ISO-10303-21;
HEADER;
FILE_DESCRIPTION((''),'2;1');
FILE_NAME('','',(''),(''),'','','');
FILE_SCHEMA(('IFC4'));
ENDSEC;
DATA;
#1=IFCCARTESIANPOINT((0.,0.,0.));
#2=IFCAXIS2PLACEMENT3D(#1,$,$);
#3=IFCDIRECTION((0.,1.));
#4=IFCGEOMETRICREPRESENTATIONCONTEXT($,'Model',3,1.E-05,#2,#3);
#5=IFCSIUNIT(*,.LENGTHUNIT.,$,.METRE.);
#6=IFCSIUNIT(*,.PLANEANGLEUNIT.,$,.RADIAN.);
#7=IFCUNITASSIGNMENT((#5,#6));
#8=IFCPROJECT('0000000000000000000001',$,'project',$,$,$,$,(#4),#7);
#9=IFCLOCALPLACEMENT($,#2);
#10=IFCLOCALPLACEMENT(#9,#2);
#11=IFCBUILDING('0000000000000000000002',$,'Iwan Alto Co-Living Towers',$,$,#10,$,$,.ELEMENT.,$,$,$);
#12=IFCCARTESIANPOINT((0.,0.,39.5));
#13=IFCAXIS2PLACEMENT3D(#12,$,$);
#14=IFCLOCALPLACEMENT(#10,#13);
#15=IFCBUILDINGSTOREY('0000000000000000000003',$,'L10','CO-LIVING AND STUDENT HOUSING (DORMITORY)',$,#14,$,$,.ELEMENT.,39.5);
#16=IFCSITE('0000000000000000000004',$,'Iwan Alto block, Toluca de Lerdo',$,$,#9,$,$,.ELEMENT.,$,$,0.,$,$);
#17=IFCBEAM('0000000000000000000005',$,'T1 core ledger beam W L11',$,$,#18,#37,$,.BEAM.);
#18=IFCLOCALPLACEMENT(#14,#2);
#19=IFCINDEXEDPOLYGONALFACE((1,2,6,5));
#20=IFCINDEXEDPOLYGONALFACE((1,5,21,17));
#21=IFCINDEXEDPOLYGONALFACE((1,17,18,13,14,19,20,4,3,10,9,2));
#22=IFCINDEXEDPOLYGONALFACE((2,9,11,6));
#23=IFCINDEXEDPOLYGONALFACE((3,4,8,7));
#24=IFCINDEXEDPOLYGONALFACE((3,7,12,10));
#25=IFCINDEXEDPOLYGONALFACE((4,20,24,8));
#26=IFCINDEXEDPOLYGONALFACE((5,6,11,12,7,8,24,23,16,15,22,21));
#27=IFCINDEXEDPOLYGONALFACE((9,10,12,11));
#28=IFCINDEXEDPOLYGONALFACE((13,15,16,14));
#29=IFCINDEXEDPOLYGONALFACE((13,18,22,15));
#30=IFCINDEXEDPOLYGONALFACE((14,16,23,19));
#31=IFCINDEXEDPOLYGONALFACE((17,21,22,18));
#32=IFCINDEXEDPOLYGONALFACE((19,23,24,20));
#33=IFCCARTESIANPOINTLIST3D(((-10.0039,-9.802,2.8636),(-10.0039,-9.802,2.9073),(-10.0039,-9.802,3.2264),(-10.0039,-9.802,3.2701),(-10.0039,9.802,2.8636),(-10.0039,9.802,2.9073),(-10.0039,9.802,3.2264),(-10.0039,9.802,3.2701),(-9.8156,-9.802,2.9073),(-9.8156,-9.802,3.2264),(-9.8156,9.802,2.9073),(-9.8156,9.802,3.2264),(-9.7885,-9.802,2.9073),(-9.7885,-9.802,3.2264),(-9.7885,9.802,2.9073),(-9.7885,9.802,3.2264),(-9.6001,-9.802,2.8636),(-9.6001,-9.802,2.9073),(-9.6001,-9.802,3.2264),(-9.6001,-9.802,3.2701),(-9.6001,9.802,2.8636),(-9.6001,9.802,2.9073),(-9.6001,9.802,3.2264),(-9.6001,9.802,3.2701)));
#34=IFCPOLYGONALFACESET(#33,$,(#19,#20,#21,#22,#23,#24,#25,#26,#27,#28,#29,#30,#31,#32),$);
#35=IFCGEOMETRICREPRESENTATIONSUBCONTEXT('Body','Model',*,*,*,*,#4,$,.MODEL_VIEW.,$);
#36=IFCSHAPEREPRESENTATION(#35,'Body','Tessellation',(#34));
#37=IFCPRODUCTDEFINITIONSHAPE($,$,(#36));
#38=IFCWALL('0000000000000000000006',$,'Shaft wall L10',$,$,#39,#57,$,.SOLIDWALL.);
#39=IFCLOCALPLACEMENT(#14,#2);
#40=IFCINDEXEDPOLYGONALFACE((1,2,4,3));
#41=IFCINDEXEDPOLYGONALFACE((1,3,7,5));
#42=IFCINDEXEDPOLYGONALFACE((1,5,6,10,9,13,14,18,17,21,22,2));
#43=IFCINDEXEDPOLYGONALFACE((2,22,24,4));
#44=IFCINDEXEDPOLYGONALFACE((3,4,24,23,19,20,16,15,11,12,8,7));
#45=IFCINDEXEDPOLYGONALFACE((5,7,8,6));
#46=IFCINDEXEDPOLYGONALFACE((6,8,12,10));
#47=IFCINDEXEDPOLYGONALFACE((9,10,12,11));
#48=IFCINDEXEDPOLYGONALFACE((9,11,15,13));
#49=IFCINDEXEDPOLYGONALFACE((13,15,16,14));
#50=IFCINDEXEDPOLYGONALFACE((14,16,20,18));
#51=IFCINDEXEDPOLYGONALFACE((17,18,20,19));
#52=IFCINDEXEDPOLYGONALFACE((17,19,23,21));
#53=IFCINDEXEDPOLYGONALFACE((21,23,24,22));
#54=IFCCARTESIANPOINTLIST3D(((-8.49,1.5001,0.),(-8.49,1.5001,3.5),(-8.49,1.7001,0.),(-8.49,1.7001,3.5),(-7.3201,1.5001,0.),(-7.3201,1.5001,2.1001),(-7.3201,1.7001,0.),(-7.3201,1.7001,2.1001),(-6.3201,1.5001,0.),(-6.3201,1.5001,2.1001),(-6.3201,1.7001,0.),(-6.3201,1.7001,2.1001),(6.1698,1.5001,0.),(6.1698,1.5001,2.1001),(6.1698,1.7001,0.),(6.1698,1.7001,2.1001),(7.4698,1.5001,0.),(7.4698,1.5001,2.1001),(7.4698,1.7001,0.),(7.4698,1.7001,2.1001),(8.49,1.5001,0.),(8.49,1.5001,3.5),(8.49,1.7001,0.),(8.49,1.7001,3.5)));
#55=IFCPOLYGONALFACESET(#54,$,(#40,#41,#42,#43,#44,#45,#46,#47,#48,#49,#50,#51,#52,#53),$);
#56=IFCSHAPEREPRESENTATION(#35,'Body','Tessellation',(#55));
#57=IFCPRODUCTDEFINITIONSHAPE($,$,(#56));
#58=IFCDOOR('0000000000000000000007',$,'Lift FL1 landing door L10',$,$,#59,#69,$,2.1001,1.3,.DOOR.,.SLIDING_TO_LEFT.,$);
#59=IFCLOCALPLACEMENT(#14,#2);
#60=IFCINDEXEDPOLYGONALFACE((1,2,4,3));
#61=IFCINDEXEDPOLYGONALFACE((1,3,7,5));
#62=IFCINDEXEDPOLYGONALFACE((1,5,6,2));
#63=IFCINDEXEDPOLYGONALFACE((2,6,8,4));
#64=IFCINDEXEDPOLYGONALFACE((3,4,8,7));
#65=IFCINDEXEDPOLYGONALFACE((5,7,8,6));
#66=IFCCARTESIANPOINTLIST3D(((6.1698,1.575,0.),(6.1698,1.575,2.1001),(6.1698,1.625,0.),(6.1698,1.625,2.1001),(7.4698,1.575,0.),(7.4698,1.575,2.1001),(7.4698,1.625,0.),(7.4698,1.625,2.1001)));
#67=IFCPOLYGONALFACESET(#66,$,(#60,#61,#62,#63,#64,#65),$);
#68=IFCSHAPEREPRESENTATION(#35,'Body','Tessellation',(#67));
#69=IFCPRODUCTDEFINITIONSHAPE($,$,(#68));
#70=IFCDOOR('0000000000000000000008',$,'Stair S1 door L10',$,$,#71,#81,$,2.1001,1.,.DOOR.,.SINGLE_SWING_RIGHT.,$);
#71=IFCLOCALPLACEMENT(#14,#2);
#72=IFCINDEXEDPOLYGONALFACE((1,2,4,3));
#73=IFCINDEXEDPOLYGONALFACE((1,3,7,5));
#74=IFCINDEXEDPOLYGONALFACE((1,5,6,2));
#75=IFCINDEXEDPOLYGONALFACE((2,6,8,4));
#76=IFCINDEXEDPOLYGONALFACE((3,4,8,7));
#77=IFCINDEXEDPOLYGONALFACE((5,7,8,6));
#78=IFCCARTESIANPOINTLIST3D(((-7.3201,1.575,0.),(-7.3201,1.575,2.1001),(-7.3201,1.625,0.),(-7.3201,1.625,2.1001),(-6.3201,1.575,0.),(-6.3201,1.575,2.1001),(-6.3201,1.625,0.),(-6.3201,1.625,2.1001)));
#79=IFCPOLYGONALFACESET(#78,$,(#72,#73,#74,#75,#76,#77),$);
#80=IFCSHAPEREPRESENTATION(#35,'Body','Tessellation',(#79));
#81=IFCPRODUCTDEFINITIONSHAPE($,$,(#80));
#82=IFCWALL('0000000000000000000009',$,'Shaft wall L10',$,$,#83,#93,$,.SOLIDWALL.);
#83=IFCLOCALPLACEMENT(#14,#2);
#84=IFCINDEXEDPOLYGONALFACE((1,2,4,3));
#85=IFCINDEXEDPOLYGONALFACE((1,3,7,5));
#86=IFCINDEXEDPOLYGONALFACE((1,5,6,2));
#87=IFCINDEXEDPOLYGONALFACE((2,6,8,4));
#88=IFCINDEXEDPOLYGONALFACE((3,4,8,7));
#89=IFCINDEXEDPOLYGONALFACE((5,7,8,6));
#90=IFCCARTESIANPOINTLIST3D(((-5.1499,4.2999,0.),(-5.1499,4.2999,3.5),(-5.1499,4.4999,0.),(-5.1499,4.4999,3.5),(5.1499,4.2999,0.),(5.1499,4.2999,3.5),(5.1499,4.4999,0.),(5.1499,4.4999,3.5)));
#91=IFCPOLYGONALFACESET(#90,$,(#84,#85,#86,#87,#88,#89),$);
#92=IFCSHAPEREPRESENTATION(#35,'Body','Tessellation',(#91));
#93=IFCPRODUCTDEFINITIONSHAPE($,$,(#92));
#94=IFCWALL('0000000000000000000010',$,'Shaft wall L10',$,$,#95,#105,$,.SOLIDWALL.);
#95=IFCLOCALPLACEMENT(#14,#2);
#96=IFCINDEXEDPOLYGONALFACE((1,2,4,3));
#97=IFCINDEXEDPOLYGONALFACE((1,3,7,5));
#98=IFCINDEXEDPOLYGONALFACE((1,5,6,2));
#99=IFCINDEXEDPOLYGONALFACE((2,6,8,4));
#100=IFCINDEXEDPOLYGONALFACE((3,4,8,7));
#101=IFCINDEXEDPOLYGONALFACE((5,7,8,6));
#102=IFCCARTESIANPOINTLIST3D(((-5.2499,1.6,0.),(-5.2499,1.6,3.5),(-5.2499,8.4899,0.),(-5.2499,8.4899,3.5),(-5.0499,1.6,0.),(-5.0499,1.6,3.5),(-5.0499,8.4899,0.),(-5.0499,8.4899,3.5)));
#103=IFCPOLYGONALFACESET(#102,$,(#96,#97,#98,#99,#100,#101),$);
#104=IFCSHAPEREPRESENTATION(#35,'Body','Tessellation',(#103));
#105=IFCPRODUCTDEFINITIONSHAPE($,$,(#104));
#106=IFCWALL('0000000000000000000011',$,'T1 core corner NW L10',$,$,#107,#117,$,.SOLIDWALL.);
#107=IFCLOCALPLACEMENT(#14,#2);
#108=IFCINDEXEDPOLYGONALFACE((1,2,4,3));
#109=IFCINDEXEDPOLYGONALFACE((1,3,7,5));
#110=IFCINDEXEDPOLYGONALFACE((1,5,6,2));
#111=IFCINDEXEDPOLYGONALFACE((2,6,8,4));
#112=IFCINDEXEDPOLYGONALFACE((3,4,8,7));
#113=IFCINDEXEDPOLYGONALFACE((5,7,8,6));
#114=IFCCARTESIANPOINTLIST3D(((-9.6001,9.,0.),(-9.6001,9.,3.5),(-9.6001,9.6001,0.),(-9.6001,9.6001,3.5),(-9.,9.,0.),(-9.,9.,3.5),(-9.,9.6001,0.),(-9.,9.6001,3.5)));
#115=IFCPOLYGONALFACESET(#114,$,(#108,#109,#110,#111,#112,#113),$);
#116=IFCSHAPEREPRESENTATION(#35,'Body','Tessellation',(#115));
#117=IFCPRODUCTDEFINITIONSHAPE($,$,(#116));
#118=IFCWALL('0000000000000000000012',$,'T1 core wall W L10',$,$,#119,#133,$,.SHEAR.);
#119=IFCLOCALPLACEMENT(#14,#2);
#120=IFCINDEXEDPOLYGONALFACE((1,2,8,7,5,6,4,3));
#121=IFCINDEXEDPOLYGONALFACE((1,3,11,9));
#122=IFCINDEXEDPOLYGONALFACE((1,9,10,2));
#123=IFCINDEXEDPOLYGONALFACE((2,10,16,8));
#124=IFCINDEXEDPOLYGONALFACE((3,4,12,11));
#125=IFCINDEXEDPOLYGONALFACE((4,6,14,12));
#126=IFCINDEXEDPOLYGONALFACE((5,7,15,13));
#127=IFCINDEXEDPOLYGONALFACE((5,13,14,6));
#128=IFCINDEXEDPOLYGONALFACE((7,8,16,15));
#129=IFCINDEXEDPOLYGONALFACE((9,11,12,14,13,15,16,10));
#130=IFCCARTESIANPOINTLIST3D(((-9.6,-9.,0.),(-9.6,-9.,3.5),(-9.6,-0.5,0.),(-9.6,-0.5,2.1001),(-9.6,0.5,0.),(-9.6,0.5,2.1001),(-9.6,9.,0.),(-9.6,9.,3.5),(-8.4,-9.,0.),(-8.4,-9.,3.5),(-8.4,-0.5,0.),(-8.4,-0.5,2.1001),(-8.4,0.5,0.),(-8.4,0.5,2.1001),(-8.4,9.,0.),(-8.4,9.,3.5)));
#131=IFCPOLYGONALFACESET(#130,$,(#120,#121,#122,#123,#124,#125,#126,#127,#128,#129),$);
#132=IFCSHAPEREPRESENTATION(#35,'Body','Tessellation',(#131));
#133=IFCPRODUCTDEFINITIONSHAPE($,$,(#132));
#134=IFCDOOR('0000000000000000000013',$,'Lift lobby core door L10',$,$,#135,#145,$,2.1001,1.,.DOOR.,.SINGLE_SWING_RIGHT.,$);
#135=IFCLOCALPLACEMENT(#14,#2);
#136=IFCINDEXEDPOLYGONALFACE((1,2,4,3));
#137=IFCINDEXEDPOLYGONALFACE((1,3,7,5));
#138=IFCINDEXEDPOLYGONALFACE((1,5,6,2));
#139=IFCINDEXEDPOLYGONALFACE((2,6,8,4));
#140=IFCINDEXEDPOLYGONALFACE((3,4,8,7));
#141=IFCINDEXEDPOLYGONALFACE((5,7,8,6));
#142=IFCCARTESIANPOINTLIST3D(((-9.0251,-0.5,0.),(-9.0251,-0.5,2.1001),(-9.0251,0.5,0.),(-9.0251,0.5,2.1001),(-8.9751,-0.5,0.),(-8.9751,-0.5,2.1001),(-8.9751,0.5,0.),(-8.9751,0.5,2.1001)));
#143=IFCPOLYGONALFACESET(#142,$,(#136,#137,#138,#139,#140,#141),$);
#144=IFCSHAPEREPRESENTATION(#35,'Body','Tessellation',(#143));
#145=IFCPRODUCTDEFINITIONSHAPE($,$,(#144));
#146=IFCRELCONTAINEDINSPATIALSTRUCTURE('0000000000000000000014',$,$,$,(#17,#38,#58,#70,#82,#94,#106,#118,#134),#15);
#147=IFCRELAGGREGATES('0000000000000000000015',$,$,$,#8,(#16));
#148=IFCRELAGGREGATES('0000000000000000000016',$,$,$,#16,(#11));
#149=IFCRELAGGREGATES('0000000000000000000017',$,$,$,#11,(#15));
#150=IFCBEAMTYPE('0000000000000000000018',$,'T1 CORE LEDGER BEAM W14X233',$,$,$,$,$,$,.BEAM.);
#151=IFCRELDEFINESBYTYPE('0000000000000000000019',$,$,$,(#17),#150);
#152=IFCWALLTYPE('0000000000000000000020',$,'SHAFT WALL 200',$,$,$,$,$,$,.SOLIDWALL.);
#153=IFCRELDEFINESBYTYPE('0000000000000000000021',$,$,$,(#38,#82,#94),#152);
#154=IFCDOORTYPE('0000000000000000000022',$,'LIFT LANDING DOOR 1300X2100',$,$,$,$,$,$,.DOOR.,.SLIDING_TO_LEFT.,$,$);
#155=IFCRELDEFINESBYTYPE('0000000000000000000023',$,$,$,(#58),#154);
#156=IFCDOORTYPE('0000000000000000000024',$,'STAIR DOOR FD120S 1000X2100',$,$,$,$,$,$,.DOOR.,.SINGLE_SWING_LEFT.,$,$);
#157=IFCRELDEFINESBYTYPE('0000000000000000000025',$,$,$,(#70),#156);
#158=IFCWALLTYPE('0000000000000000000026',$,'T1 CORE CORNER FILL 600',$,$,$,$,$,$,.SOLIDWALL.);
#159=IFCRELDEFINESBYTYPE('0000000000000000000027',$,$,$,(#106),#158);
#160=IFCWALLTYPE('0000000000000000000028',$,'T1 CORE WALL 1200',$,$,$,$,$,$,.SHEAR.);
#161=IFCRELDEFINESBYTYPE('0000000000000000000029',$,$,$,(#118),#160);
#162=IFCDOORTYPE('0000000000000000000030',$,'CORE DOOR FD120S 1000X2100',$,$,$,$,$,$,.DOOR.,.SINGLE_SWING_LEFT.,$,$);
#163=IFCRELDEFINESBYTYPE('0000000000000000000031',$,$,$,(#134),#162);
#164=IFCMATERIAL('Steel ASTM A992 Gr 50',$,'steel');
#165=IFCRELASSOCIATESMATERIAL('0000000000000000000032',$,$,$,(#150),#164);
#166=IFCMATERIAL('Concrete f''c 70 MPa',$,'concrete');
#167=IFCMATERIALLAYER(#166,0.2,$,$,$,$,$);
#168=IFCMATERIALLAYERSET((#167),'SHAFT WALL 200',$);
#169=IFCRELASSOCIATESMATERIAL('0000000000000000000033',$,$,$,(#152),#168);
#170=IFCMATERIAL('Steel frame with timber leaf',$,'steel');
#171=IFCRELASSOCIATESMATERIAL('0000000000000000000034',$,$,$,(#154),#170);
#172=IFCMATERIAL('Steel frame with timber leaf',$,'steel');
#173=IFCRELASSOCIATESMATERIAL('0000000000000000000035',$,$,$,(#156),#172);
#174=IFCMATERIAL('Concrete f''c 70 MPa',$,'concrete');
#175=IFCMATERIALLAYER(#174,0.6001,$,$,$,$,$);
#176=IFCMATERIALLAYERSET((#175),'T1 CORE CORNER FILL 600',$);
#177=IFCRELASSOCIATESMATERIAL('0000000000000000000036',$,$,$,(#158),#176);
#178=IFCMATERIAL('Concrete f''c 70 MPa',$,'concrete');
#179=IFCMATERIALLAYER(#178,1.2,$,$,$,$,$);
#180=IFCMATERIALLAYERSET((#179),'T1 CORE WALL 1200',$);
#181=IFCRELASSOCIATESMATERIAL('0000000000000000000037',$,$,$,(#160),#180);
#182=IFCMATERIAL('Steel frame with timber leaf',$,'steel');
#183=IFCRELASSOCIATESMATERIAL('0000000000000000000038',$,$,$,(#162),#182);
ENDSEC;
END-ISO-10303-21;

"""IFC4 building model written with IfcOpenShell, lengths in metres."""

from ifc_helpers import new_model, si_unit, direction, frame, frame_2d, origin, origin_2d, place, context, subcontext, project, spatial, rectangle, i_section, extrude, material, layer, layer_set, material_profile, profile_set, type_object, element, fill, save


model = new_model("IFC4")

# Units and contexts
model_context = context("Model", 3, precision=1e-05, world=origin(), true_north=direction((0.0, 1.0)))
body_context = subcontext(model_context, "Body", "Model", "MODEL_VIEW")
ifc_project = project(units=[si_unit("LENGTHUNIT", "METRE"), si_unit("PLANEANGLEUNIT", "RADIAN")], contexts=[model_context])

# Site, building, storey
site_placement = place(None, origin())
site = spatial("IfcSite", under=ifc_project, at=site_placement, Name="Iwan Alto block, Toluca de Lerdo", CompositionType="ELEMENT", RefElevation=0.0)
building_placement = place(site_placement, origin())
building = spatial("IfcBuilding", under=site, at=building_placement, Name="Iwan Alto Co-Living Towers", CompositionType="ELEMENT")
storey_placement = place(building_placement, frame((0.0, 0.0, 39.5)))
storey = spatial("IfcBuildingStorey", under=building, at=storey_placement, Name="L10", Description="CO-LIVING AND STUDENT HOUSING (DORMITORY)", CompositionType="ELEMENT", Elevation=39.5)

# Beam
ifc_material_1 = material(Name="Steel ASTM A992 Gr 50", Category="steel")
ifc_material_profile = material_profile(ifc_material_1, i_section(OverallWidth=0.4038, OverallDepth=0.4065, WebThickness=0.0271, FlangeThickness=0.0437, at=origin_2d()), Name="W14X233")
ifc_profile_set = profile_set([ifc_material_profile], Name="Steel ASTM A992 Gr 50")
beam_type = type_object("IfcBeamType", Name="T1 CORE LEDGER BEAM W14X233", PredefinedType="BEAM", material=ifc_profile_set)
beam_placement = place(storey_placement, frame((-9.802, 9.802, 3.0669), z_axis=(0.0, -1.0, 0.0), x_axis=(1.0, 0.0, 0.0)))
element("IfcBeam", 1, at=beam_placement, inside=storey, type_object=beam_type, Name="T1 core ledger beam W L11", PredefinedType="BEAM", context=body_context, shape_type="SweptSolid", body=[
    extrude(i_section(OverallWidth=0.4038, OverallDepth=0.4065, WebThickness=0.0271, FlangeThickness=0.0437, at=origin_2d()), origin(), (0.0, 0.0, 1.0), 19.604),
])

# Wall, openings, doors
ifc_material_2 = material(Name="Concrete f'c 70 MPa", Category="concrete")
ifc_layer_1 = layer(ifc_material_2, 0.2)
ifc_layer_set_1 = layer_set([ifc_layer_1], Name="SHAFT WALL 200")
wall_type_1 = type_object("IfcWallType", Name="SHAFT WALL 200", PredefinedType="SOLIDWALL", material=ifc_layer_set_1)
wall_1_placement = place(storey_placement, frame((-8.49, 1.6001, 0.0), z_axis=(0.0, 0.0, 1.0), x_axis=(1.0, 0.0, 0.0)))
wall_1 = element("IfcWall", 2, at=wall_1_placement, inside=storey, type_object=wall_type_1, Name="Shaft wall L10", PredefinedType="SOLIDWALL", context=body_context, shape_type="SweptSolid", body=[
    extrude(rectangle(XDim=16.98, YDim=0.2, at=frame_2d((8.49, 0.0))), origin(), (0.0, 0.0, 1.0), 3.5),
])
opening_1_placement = place(wall_1_placement, frame((1.1699, 0.0, 0.0)))
opening_1 = element("IfcOpeningElement", 3, at=opening_1_placement, cuts=wall_1, PredefinedType="OPENING", context=body_context, shape_type="SweptSolid", body=[
    extrude(rectangle(XDim=1.0, YDim=2.1001, at=frame_2d((0.5, 1.05))), frame((0.0, 0.1099, 0.0), z_axis=(0.0, -1.0, 0.0), x_axis=(1.0, 0.0, 0.0)), (0.0, 0.0, 1.0), 0.22),
])
opening_2_placement = place(wall_1_placement, frame((14.6599, 0.0, 0.0)))
opening_2 = element("IfcOpeningElement", 4, at=opening_2_placement, cuts=wall_1, PredefinedType="OPENING", context=body_context, shape_type="SweptSolid", body=[
    extrude(rectangle(XDim=1.3, YDim=2.1001, at=frame_2d((0.6499, 1.05))), frame((0.0, 0.1099, 0.0), z_axis=(0.0, -1.0, 0.0), x_axis=(1.0, 0.0, 0.0)), (0.0, 0.0, 1.0), 0.22),
])
ifc_material_3 = material(Name="Steel frame with timber leaf", Category="steel")
door_type_1 = type_object("IfcDoorType", Name="LIFT LANDING DOOR 1300X2100", OperationType="SLIDING_TO_LEFT", PredefinedType="DOOR", material=ifc_material_3)
door_1_placement = place(opening_2_placement, origin())
door_1 = element("IfcDoor", 5, at=door_1_placement, inside=storey, type_object=door_type_1, Name="Lift FL1 landing door L10", OperationType="SLIDING_TO_LEFT", OverallHeight=2.1001, OverallWidth=1.3, PredefinedType="DOOR", context=body_context, shape_type="SweptSolid", body=[
    extrude(rectangle(XDim=1.3, YDim=2.1001, at=frame_2d((0.6499, 1.05))), frame((0.0, 0.0249, 0.0), z_axis=(0.0, -1.0, 0.0), x_axis=(1.0, 0.0, 0.0)), (0.0, 0.0, 1.0), 0.05),
])
fill(opening_2, door_1)
ifc_material_4 = material(Name="Steel frame with timber leaf", Category="steel")
door_type_2 = type_object("IfcDoorType", Name="STAIR DOOR FD120S 1000X2100", OperationType="SINGLE_SWING_LEFT", PredefinedType="DOOR", material=ifc_material_4)
door_2_placement = place(opening_1_placement, origin())
door_2 = element("IfcDoor", 6, at=door_2_placement, inside=storey, type_object=door_type_2, Name="Stair S1 door L10", OperationType="SINGLE_SWING_RIGHT", OverallHeight=2.1001, OverallWidth=1.0, PredefinedType="DOOR", context=body_context, shape_type="SweptSolid", body=[
    extrude(rectangle(XDim=1.0, YDim=2.1001, at=frame_2d((0.5, 1.05))), frame((0.0, 0.0249, 0.0), z_axis=(0.0, -1.0, 0.0), x_axis=(1.0, 0.0, 0.0)), (0.0, 0.0, 1.0), 0.05),
])
fill(opening_1, door_2)

# Walls
wall_2_placement = place(storey_placement, frame((-5.1499, 4.3999, 0.0), z_axis=(0.0, 0.0, 1.0), x_axis=(1.0, 0.0, 0.0)))
element("IfcWall", 7, at=wall_2_placement, inside=storey, type_object=wall_type_1, Name="Shaft wall L10", PredefinedType="SOLIDWALL", context=body_context, shape_type="SweptSolid", body=[
    extrude(rectangle(XDim=10.2998, YDim=0.2, at=frame_2d((5.1499, 0.0))), origin(), (0.0, 0.0, 1.0), 3.5),
])
wall_3_placement = place(storey_placement, frame((-5.1499, 1.6001, 0.0), z_axis=(0.0, 0.0, 1.0), x_axis=(0.0, 1.0, 0.0)))
element("IfcWall", 8, at=wall_3_placement, inside=storey, type_object=wall_type_1, Name="Shaft wall L10", PredefinedType="SOLIDWALL", context=body_context, shape_type="SweptSolid", body=[
    extrude(rectangle(XDim=6.8899, YDim=0.2, at=frame_2d((3.4448, 0.0))), origin(), (0.0, 0.0, 1.0), 3.5),
])
ifc_material_5 = material(Name="Concrete f'c 70 MPa", Category="concrete")
ifc_layer_2 = layer(ifc_material_5, 0.6001)
ifc_layer_set_2 = layer_set([ifc_layer_2], Name="T1 CORE CORNER FILL 600")
wall_type_2 = type_object("IfcWallType", Name="T1 CORE CORNER FILL 600", PredefinedType="SOLIDWALL", material=ifc_layer_set_2)
wall_4_placement = place(storey_placement, frame((-9.6001, 9.3, 0.0), z_axis=(0.0, 0.0, 1.0), x_axis=(1.0, 0.0, 0.0)))
element("IfcWall", 9, at=wall_4_placement, inside=storey, type_object=wall_type_2, Name="T1 core corner NW L10", PredefinedType="SOLIDWALL", context=body_context, shape_type="SweptSolid", body=[
    extrude(rectangle(XDim=0.6001, YDim=0.6001, at=frame_2d((0.3, 0.0))), origin(), (0.0, 0.0, 1.0), 3.5),
])

# Wall, opening, door
ifc_material_6 = material(Name="Concrete f'c 70 MPa", Category="concrete")
ifc_layer_3 = layer(ifc_material_6, 1.2)
ifc_layer_set_3 = layer_set([ifc_layer_3], Name="T1 CORE WALL 1200")
wall_type_3 = type_object("IfcWallType", Name="T1 CORE WALL 1200", PredefinedType="SHEAR", material=ifc_layer_set_3)
wall_5_placement = place(storey_placement, frame((-9.0, 9.0, 0.0), z_axis=(0.0, 0.0, 1.0), x_axis=(0.0, -1.0, 0.0)))
wall_5 = element("IfcWall", 10, at=wall_5_placement, inside=storey, type_object=wall_type_3, Name="T1 core wall W L10", PredefinedType="SHEAR", context=body_context, shape_type="SweptSolid", body=[
    extrude(rectangle(XDim=18.0, YDim=1.2, at=frame_2d((9.0, 0.0))), origin(), (0.0, 0.0, 1.0), 3.5),
])
opening_3_placement = place(wall_5_placement, frame((8.5, 0.0, 0.0)))
opening_3 = element("IfcOpeningElement", 11, at=opening_3_placement, cuts=wall_5, PredefinedType="OPENING", context=body_context, shape_type="SweptSolid", body=[
    extrude(rectangle(XDim=1.0, YDim=2.1001, at=frame_2d((0.5, 1.05))), frame((0.0, 0.6099, 0.0), z_axis=(0.0, -1.0, 0.0), x_axis=(1.0, 0.0, 0.0)), (0.0, 0.0, 1.0), 1.22),
])
ifc_material_7 = material(Name="Steel frame with timber leaf", Category="steel")
door_type_3 = type_object("IfcDoorType", Name="CORE DOOR FD120S 1000X2100", OperationType="SINGLE_SWING_LEFT", PredefinedType="DOOR", material=ifc_material_7)
door_3_placement = place(opening_3_placement, origin())
door_3 = element("IfcDoor", 12, at=door_3_placement, inside=storey, type_object=door_type_3, Name="Lift lobby core door L10", OperationType="SINGLE_SWING_RIGHT", OverallHeight=2.1001, OverallWidth=1.0, PredefinedType="DOOR", context=body_context, shape_type="SweptSolid", body=[
    extrude(rectangle(XDim=1.0, YDim=2.1001, at=frame_2d((0.5, 1.05))), frame((0.0, 0.0249, 0.0), z_axis=(0.0, -1.0, 0.0), x_axis=(1.0, 0.0, 0.0)), (0.0, 0.0, 1.0), 0.05),
])
fill(opening_3, door_3)

save(model, "model.ifc")
